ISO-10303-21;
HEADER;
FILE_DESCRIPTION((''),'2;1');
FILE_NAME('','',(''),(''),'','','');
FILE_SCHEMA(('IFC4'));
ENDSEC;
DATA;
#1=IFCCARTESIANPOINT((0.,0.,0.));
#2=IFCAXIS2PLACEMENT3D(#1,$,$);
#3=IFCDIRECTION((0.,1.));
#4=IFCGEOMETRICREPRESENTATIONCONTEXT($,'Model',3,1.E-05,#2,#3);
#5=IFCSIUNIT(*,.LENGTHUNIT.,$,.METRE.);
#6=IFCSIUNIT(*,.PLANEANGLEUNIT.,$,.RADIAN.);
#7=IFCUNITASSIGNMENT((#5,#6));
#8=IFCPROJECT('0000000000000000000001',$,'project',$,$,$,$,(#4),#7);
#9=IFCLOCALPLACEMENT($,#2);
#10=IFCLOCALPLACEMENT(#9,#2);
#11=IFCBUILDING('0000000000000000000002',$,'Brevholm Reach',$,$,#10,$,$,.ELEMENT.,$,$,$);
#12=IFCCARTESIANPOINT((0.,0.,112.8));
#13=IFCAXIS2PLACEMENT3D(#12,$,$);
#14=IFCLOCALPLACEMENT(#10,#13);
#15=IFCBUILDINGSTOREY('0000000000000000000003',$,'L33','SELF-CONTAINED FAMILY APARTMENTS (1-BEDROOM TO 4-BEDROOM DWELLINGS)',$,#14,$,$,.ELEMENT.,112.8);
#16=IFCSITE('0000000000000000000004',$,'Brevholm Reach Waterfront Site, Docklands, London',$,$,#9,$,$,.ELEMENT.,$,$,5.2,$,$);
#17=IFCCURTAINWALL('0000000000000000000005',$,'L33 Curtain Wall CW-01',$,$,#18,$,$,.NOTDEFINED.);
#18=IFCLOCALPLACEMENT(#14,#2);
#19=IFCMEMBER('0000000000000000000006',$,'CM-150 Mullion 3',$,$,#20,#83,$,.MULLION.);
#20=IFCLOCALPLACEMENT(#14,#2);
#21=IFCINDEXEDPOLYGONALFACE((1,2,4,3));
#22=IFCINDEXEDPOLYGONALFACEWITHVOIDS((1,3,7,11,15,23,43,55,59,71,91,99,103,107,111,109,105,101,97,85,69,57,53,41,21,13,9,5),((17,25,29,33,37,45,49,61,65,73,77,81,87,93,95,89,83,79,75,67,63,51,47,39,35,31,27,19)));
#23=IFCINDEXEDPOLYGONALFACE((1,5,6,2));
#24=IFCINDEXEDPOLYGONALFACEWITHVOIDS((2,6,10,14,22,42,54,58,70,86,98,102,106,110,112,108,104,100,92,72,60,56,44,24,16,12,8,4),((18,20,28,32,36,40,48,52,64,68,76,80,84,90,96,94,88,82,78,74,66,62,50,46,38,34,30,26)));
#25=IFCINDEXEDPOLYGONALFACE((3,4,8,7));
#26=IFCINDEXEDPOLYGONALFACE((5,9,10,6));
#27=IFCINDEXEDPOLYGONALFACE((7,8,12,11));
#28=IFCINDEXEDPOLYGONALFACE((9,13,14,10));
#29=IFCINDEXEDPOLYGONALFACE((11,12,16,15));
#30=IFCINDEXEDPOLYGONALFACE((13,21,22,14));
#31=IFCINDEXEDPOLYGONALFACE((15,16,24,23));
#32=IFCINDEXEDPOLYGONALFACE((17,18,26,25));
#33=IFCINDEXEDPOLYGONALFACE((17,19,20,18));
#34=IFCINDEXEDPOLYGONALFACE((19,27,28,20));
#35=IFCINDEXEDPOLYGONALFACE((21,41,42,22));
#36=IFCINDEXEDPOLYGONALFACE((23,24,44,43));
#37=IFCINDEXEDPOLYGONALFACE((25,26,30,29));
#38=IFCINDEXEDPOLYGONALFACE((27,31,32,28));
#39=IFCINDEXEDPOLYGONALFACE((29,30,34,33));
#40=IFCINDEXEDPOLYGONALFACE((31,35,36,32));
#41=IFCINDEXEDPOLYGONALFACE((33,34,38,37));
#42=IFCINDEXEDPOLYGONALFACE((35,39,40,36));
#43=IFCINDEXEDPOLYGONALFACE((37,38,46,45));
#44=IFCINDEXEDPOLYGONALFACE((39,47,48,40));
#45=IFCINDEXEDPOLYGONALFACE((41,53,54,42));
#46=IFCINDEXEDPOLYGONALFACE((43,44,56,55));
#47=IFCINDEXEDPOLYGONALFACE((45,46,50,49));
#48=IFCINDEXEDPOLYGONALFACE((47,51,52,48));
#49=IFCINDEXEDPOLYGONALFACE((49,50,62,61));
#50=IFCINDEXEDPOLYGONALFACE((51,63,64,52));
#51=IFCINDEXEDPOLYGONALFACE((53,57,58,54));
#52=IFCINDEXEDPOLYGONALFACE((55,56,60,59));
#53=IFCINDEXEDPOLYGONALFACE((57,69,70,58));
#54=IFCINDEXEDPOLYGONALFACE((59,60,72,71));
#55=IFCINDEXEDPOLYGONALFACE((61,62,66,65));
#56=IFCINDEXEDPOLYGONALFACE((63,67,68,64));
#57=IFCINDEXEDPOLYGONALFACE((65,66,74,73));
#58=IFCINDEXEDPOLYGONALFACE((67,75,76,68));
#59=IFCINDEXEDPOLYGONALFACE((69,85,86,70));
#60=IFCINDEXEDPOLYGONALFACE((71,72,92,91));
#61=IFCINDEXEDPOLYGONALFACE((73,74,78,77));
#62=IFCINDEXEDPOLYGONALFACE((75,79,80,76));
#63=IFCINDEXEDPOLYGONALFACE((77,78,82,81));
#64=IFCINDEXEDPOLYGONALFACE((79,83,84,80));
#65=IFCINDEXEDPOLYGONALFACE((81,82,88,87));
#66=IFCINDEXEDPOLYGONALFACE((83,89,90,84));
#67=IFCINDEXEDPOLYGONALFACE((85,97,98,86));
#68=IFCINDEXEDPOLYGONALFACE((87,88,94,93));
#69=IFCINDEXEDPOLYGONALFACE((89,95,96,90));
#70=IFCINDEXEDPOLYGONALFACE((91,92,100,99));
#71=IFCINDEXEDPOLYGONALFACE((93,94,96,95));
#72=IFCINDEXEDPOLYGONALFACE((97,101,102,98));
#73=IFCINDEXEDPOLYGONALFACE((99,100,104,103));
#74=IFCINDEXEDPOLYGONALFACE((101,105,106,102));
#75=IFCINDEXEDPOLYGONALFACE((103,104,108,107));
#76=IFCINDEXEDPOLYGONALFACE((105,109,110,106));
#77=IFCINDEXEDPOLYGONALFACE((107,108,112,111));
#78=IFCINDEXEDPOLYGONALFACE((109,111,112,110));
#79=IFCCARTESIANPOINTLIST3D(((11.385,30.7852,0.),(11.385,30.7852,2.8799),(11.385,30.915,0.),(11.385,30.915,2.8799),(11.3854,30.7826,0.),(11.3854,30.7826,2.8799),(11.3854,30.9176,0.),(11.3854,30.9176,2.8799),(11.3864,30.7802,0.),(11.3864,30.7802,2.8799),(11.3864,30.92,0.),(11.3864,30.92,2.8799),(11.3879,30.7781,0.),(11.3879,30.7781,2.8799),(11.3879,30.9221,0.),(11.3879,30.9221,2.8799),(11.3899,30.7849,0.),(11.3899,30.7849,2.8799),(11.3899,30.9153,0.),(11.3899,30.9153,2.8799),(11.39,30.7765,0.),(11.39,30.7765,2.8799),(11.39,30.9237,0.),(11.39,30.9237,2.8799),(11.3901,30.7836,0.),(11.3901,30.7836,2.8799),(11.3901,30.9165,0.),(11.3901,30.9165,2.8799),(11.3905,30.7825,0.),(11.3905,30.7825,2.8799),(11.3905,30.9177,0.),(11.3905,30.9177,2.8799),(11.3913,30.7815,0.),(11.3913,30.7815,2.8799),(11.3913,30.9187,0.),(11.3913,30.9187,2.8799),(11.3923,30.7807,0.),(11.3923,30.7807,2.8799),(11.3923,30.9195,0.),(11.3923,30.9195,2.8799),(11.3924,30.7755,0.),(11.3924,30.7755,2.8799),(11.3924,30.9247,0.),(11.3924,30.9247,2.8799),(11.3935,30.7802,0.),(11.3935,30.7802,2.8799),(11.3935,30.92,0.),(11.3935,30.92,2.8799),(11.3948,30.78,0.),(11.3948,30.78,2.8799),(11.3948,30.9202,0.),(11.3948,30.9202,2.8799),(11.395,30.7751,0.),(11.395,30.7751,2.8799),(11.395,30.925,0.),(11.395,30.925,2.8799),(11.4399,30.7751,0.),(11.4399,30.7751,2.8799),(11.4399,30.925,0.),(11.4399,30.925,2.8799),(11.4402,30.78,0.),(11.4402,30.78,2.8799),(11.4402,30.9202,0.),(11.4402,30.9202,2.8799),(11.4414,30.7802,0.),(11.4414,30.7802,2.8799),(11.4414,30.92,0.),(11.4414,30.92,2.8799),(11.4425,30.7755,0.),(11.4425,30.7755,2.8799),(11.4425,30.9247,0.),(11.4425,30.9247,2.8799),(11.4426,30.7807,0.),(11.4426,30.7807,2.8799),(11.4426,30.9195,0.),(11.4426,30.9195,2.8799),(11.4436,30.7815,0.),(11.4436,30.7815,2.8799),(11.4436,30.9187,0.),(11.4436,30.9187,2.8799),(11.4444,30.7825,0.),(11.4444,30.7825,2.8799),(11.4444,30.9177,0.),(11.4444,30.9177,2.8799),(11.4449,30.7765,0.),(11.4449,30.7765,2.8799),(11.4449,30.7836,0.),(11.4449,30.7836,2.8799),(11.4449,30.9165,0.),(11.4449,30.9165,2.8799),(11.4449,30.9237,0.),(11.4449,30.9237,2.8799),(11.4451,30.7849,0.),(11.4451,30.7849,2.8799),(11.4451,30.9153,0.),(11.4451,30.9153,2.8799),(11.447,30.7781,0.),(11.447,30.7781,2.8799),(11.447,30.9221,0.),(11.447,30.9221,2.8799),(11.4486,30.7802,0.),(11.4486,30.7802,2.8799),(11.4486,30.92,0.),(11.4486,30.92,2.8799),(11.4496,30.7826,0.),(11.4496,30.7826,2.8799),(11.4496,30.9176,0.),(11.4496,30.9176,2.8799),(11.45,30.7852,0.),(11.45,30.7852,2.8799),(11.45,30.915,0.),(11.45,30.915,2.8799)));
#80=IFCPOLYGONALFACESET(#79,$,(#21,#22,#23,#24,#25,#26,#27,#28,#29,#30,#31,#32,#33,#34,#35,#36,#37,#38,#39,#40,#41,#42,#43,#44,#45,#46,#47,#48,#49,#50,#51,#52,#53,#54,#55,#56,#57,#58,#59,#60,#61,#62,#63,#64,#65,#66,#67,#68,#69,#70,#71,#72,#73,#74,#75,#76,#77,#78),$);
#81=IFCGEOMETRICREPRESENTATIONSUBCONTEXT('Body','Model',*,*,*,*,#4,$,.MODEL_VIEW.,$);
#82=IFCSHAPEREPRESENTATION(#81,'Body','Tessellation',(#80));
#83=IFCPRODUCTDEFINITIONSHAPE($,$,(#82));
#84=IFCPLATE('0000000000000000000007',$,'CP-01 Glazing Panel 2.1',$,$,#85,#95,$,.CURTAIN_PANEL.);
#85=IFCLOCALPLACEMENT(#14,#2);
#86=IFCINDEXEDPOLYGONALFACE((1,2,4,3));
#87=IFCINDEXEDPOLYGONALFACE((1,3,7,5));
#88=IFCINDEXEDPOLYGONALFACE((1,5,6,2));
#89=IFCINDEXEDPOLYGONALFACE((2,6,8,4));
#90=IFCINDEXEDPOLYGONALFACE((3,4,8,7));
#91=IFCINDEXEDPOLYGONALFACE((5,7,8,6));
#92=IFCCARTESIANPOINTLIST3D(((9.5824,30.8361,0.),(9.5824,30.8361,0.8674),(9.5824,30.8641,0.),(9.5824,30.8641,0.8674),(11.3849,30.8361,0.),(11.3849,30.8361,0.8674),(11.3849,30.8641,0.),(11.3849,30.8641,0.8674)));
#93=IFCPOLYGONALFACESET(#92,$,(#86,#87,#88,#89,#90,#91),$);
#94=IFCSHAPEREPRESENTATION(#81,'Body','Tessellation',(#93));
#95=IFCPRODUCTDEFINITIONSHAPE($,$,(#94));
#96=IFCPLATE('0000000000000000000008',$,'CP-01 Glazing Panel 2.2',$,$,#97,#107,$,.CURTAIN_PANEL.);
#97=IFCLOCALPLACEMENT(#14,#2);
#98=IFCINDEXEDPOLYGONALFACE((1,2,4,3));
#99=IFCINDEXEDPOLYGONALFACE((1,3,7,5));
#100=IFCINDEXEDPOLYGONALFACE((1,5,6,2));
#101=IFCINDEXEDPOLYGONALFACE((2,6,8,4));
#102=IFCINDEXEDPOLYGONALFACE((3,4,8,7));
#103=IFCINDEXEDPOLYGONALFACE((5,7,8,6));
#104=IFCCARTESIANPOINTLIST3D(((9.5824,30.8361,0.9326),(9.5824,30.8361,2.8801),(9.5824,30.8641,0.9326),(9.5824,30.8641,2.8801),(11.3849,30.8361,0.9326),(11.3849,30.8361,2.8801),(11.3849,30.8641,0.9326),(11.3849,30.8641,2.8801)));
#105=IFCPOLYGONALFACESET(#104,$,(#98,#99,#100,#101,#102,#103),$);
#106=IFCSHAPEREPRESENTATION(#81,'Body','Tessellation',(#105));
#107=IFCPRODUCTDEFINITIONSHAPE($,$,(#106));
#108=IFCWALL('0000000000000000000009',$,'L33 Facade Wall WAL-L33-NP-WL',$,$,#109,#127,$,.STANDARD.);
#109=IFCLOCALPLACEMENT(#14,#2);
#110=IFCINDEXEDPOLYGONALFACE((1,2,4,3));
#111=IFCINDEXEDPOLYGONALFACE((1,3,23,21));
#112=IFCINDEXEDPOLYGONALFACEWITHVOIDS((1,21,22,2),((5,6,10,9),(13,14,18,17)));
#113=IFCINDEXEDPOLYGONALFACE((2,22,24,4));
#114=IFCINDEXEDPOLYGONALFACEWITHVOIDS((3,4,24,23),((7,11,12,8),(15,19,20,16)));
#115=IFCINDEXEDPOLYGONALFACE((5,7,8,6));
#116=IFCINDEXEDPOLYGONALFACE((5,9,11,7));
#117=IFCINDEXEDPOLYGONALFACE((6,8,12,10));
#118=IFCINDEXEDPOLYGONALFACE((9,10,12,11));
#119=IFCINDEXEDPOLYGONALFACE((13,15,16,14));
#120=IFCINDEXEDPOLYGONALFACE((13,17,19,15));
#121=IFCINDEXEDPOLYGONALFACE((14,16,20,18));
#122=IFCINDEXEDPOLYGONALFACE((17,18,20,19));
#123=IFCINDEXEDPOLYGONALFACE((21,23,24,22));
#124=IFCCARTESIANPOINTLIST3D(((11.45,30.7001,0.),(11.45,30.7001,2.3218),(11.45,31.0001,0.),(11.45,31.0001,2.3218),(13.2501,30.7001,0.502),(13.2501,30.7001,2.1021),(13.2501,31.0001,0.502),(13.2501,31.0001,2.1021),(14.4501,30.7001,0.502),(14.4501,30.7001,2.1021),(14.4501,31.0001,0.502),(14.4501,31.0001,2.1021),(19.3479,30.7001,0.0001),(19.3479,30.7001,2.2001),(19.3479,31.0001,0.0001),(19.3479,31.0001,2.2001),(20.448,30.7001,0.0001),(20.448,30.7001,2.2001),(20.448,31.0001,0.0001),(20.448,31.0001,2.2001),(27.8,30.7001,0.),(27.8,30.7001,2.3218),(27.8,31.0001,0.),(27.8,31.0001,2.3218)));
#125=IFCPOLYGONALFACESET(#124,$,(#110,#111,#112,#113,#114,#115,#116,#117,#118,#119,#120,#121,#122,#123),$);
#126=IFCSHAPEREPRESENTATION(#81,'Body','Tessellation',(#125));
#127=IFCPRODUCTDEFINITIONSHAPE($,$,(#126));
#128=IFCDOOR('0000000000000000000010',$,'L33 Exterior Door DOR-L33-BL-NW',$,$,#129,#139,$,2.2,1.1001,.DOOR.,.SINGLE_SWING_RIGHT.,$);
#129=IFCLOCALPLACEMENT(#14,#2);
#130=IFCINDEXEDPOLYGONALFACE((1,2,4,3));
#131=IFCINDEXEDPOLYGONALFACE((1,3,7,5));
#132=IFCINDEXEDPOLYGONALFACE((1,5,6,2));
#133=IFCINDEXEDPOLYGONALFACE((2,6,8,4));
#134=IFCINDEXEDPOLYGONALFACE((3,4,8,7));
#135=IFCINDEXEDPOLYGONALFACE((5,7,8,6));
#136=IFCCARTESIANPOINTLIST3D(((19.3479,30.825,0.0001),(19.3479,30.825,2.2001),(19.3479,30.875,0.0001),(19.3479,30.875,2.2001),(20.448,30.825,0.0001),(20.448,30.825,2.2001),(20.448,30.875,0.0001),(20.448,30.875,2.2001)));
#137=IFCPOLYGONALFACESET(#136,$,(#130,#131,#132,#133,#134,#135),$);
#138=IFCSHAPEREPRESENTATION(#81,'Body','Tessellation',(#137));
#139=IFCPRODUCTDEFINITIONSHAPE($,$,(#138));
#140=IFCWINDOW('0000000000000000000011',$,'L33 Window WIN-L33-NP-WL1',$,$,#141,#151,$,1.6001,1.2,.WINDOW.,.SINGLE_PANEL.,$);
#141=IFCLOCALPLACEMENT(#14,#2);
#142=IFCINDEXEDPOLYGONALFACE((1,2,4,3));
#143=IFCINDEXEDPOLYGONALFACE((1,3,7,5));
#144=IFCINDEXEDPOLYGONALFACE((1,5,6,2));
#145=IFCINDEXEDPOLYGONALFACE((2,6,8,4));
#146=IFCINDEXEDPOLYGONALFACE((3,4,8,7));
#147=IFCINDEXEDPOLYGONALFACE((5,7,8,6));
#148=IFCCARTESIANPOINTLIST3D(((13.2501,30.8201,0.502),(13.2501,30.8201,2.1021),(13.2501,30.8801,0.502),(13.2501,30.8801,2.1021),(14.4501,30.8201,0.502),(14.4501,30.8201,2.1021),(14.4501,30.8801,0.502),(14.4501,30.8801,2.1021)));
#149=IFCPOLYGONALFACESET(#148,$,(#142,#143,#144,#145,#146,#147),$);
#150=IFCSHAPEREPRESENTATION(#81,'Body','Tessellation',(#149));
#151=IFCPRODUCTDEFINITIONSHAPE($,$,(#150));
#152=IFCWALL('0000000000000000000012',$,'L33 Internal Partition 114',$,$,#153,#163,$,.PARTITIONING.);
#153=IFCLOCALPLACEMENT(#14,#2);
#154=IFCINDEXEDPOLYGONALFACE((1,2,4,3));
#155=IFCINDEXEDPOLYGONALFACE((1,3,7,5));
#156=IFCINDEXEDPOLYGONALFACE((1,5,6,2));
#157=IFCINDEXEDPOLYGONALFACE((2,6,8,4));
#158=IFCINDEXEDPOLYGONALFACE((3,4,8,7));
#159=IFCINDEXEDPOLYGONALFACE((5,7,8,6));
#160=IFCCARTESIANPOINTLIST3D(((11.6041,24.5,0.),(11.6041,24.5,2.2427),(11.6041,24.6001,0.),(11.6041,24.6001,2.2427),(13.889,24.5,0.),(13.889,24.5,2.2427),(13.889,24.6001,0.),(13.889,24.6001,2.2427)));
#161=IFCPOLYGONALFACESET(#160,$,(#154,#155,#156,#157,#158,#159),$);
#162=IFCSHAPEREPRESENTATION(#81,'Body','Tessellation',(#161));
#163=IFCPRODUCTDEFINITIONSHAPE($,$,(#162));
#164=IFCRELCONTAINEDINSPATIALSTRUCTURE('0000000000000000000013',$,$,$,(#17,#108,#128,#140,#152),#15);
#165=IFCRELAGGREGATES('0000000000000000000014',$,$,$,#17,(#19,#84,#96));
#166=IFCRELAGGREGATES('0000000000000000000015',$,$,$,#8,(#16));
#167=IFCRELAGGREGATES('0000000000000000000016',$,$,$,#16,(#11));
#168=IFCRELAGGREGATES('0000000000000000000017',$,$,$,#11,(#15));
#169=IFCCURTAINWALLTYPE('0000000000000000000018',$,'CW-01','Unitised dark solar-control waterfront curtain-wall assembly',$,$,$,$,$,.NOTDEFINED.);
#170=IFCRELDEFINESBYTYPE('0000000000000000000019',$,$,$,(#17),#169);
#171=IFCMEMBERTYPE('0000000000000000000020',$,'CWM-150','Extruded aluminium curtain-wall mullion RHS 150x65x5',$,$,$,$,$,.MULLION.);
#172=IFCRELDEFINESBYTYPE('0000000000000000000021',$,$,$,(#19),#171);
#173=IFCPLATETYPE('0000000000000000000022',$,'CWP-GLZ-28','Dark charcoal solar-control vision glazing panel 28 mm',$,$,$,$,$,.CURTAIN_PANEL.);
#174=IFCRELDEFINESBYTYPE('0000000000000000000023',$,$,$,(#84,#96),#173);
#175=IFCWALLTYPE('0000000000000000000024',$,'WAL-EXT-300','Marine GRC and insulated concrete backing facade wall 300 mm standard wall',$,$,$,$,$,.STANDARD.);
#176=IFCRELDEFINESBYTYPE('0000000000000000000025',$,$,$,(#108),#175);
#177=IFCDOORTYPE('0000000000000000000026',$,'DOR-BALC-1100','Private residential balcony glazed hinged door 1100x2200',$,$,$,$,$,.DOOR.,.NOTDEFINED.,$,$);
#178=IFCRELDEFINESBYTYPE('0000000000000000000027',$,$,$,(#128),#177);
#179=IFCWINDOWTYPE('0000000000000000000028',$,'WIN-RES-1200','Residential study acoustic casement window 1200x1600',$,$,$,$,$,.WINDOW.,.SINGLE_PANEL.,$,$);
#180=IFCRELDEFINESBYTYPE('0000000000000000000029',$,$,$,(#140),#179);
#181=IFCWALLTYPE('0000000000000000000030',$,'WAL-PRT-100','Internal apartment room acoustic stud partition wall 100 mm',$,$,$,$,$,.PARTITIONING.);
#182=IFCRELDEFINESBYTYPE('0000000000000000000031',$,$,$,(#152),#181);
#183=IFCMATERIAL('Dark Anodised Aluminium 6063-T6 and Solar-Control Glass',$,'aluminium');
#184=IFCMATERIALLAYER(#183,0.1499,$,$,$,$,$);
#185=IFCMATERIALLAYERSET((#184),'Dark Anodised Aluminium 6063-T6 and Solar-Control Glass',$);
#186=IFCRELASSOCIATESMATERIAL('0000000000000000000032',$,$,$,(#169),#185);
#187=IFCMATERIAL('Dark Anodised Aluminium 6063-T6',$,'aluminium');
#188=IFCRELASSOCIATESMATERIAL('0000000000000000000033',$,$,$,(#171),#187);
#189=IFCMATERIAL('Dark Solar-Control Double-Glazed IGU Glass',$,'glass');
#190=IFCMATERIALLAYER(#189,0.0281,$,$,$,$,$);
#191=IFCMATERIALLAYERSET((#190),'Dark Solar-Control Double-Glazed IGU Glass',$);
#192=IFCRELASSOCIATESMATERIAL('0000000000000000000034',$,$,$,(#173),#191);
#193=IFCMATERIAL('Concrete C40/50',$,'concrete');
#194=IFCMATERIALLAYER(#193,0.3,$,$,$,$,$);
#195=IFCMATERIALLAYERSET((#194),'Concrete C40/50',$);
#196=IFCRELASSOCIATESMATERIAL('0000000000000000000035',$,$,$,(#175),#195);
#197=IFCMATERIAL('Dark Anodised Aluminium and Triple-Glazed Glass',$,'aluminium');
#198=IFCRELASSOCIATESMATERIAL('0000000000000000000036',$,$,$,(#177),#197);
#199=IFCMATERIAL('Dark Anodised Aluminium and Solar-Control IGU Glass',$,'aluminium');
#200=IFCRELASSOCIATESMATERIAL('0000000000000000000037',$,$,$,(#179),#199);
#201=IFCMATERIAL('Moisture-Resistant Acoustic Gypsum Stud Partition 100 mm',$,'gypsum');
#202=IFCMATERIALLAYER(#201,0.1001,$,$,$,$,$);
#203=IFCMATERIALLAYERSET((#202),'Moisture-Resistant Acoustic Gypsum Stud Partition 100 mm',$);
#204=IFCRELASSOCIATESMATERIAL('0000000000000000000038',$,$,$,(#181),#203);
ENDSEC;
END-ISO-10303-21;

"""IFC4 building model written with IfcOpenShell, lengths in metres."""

from ifc_helpers import new_model, si_unit, direction, frame, frame_2d, origin, origin_2d, place, context, subcontext, project, spatial, rectangle, hollow_rectangle, extrude, material, layer, layer_set, material_profile, profile_set, type_object, element, fill, aggregate, save


model = new_model("IFC4")

# Units and contexts
model_context = context("Model", 3, precision=1e-05, world=origin(), true_north=direction((0.0, 1.0)))
body_context = subcontext(model_context, "Body", "Model", "MODEL_VIEW")
ifc_project = project(units=[si_unit("LENGTHUNIT", "METRE"), si_unit("PLANEANGLEUNIT", "RADIAN")], contexts=[model_context])

# Site, building, storey
site_placement = place(None, origin())
site = spatial("IfcSite", under=ifc_project, at=site_placement, Name="Brevholm Reach Waterfront Site, Docklands, London", CompositionType="ELEMENT", RefElevation=5.2)
building_placement = place(site_placement, origin())
building = spatial("IfcBuilding", under=site, at=building_placement, Name="Brevholm Reach", CompositionType="ELEMENT")
storey_placement = place(building_placement, frame((0.0, 0.0, 112.8)))
storey = spatial("IfcBuildingStorey", under=building, at=storey_placement, Name="L33", Description="SELF-CONTAINED FAMILY APARTMENTS (1-BEDROOM TO 4-BEDROOM DWELLINGS)", CompositionType="ELEMENT", Elevation=112.8)

# Curtain wall, member, plates
ifc_material_1 = material(Name="Dark Anodised Aluminium 6063-T6 and Solar-Control Glass", Category="aluminium")
ifc_layer_1 = layer(ifc_material_1, 0.1499)
ifc_layer_set_1 = layer_set([ifc_layer_1], Name="Dark Anodised Aluminium 6063-T6 and Solar-Control Glass")
curtain_wall_type = type_object("IfcCurtainWallType", Name="CW-01", Description="Unitised dark solar-control waterfront curtain-wall assembly", PredefinedType="NOTDEFINED", material=ifc_layer_set_1)
curtain_wall_placement = place(storey_placement, origin())
curtain_wall = element("IfcCurtainWall", 1, at=curtain_wall_placement, inside=storey, type_object=curtain_wall_type, Name="L33 Curtain Wall CW-01", PredefinedType="NOTDEFINED")
ifc_material_2 = material(Name="Dark Anodised Aluminium 6063-T6", Category="aluminium")
ifc_material_profile_1 = material_profile(ifc_material_2, hollow_rectangle(XDim=0.0649, YDim=0.1499, WallThickness=0.0049, InnerFilletRadius=0.0049, OuterFilletRadius=0.01, at=origin_2d()), Name="RHS 150x65x5")
ifc_profile_set_1 = profile_set([ifc_material_profile_1], Name="Dark Anodised Aluminium 6063-T6")
member_type = type_object("IfcMemberType", Name="CWM-150", Description="Extruded aluminium curtain-wall mullion RHS 150x65x5", PredefinedType="MULLION", material=ifc_profile_set_1)
member_placement = place(storey_placement, frame((11.4175, 30.8501, 0.0), z_axis=(0.0, 0.0, 1.0), x_axis=(1.0, 0.0, 0.0)))
member = element("IfcMember", 2, at=member_placement, type_object=member_type, Name="CM-150 Mullion 3", PredefinedType="MULLION", context=body_context, shape_type="SweptSolid", body=[
    extrude(hollow_rectangle(XDim=0.0649, YDim=0.1499, WallThickness=0.0049, InnerFilletRadius=0.0049, OuterFilletRadius=0.01, at=origin_2d()), origin(), (0.0, 0.0, 1.0), 2.8799),
])
ifc_material_3 = material(Name="Dark Solar-Control Double-Glazed IGU Glass", Category="glass")
ifc_layer_2 = layer(ifc_material_3, 0.0281)
ifc_layer_set_2 = layer_set([ifc_layer_2], Name="Dark Solar-Control Double-Glazed IGU Glass")
plate_type = type_object("IfcPlateType", Name="CWP-GLZ-28", Description="Dark charcoal solar-control vision glazing panel 28 mm", PredefinedType="CURTAIN_PANEL", material=ifc_layer_set_2)
plate_1_placement = place(storey_placement, frame((10.4836, 30.8501, 0.0), z_axis=(0.0, 0.0, 1.0), x_axis=(1.0, 0.0, 0.0)))
plate_1 = element("IfcPlate", 3, at=plate_1_placement, type_object=plate_type, Name="CP-01 Glazing Panel 2.1", PredefinedType="CURTAIN_PANEL", context=body_context, shape_type="SweptSolid", body=[
    extrude(rectangle(XDim=1.8025, YDim=0.0281, at=origin_2d()), origin(), (0.0, 0.0, 1.0), 0.8674),
])
plate_2_placement = place(storey_placement, frame((10.4836, 30.8501, 0.9326), z_axis=(0.0, 0.0, 1.0), x_axis=(1.0, 0.0, 0.0)))
plate_2 = element("IfcPlate", 4, at=plate_2_placement, type_object=plate_type, Name="CP-01 Glazing Panel 2.2", PredefinedType="CURTAIN_PANEL", context=body_context, shape_type="SweptSolid", body=[
    extrude(rectangle(XDim=1.8025, YDim=0.0281, at=origin_2d()), origin(), (0.0, 0.0, 1.0), 1.9475),
])
aggregate(curtain_wall, [member, plate_1, plate_2])

# Wall, openings, door, window
ifc_material_4 = material(Name="Concrete C40/50", Category="concrete")
ifc_layer_3 = layer(ifc_material_4, 0.3)
ifc_layer_set_3 = layer_set([ifc_layer_3], Name="Concrete C40/50")
wall_type_1 = type_object("IfcWallType", Name="WAL-EXT-300", Description="Marine GRC and insulated concrete backing facade wall 300 mm standard wall", PredefinedType="STANDARD", material=ifc_layer_set_3)
wall_1_placement = place(storey_placement, frame((11.45, 30.8501, 0.0), z_axis=(0.0, 0.0, 1.0), x_axis=(1.0, 0.0, 0.0)))
wall_1 = element("IfcWall", 5, at=wall_1_placement, inside=storey, type_object=wall_type_1, Name="L33 Facade Wall WAL-L33-NP-WL", PredefinedType="STANDARD", context=body_context, shape_type="SweptSolid", body=[
    extrude(rectangle(XDim=16.3501, YDim=0.3, at=frame_2d((8.175, 0.0))), origin(), (0.0, 0.0, 1.0), 2.3218),
])
opening_1_placement = place(wall_1_placement, frame((7.8979, 0.0, 0.0)))
opening_1 = element("IfcOpeningElement", 6, at=opening_1_placement, cuts=wall_1, PredefinedType="OPENING", context=body_context, shape_type="SweptSolid", body=[
    extrude(rectangle(XDim=1.1001, YDim=2.2, at=frame_2d((0.55, 1.1001))), frame((0.0, 0.1599, 0.0), z_axis=(0.0, -1.0, 0.0), x_axis=(1.0, 0.0, 0.0)), (0.0, 0.0, 1.0), 0.3201),
])
opening_2_placement = place(wall_1_placement, frame((1.8, 0.0, 0.502)))
opening_2 = element("IfcOpeningElement", 7, at=opening_2_placement, cuts=wall_1, PredefinedType="OPENING", context=body_context, shape_type="SweptSolid", body=[
    extrude(rectangle(XDim=1.2, YDim=1.6001, at=frame_2d((0.6001, 0.8))), frame((0.0, 0.1599, 0.0), z_axis=(0.0, -1.0, 0.0), x_axis=(1.0, 0.0, 0.0)), (0.0, 0.0, 1.0), 0.3201),
])
ifc_material_5 = material(Name="Dark Anodised Aluminium and Triple-Glazed Glass", Category="aluminium")
door_type_1 = type_object("IfcDoorType", Name="DOR-BALC-1100", Description="Private residential balcony glazed hinged door 1100x2200", OperationType="NOTDEFINED", PredefinedType="DOOR", material=ifc_material_5)
door_1_placement = place(opening_1_placement, origin())
door_1 = element("IfcDoor", 8, at=door_1_placement, inside=storey, type_object=door_type_1, Name="L33 Exterior Door DOR-L33-BL-NW", OperationType="SINGLE_SWING_RIGHT", OverallHeight=2.2, OverallWidth=1.1001, PredefinedType="DOOR", context=body_context, shape_type="SweptSolid", body=[
    extrude(rectangle(XDim=1.1001, YDim=2.2, at=frame_2d((0.55, 1.1001))), frame((0.0, 0.0249, 0.0), z_axis=(0.0, -1.0, 0.0), x_axis=(1.0, 0.0, 0.0)), (0.0, 0.0, 1.0), 0.05),
])
fill(opening_1, door_1)
ifc_material_6 = material(Name="Dark Anodised Aluminium and Solar-Control IGU Glass", Category="aluminium")
window_type = type_object("IfcWindowType", Name="WIN-RES-1200", Description="Residential study acoustic casement window 1200x1600", PartitioningType="SINGLE_PANEL", PredefinedType="WINDOW", material=ifc_material_6)
window_placement = place(opening_2_placement, origin())
window = element("IfcWindow", 9, at=window_placement, inside=storey, type_object=window_type, Name="L33 Window WIN-L33-NP-WL1", OverallHeight=1.6001, OverallWidth=1.2, PartitioningType="SINGLE_PANEL", PredefinedType="WINDOW", context=body_context, shape_type="SweptSolid", body=[
    extrude(rectangle(XDim=1.2, YDim=1.6001, at=frame_2d((0.6001, 0.8))), frame((0.0, 0.03, 0.0), z_axis=(0.0, -1.0, 0.0), x_axis=(1.0, 0.0, 0.0)), (0.0, 0.0, 1.0), 0.0601),
])
fill(opening_2, window)

# Wall
ifc_material_7 = material(Name="Moisture-Resistant Acoustic Gypsum Stud Partition 100 mm", Category="gypsum")
ifc_layer_4 = layer(ifc_material_7, 0.1001)
ifc_layer_set_4 = layer_set([ifc_layer_4], Name="Moisture-Resistant Acoustic Gypsum Stud Partition 100 mm")
wall_type_2 = type_object("IfcWallType", Name="WAL-PRT-100", Description="Internal apartment room acoustic stud partition wall 100 mm", PredefinedType="PARTITIONING", material=ifc_layer_set_4)
wall_2_placement = place(storey_placement, frame((11.604, 24.55, 0.0), z_axis=(0.0, 0.0, 1.0), x_axis=(1.0, 0.0, 0.0)))
element("IfcWall", 10, at=wall_2_placement, inside=storey, type_object=wall_type_2, Name="L33 Internal Partition 114", PredefinedType="PARTITIONING", context=body_context, shape_type="SweptSolid", body=[
    extrude(rectangle(XDim=2.2849, YDim=0.1001, at=frame_2d((1.1426, 0.0))), origin(), (0.0, 0.0, 1.0), 2.2427),
])

save(model, "model.ifc")
